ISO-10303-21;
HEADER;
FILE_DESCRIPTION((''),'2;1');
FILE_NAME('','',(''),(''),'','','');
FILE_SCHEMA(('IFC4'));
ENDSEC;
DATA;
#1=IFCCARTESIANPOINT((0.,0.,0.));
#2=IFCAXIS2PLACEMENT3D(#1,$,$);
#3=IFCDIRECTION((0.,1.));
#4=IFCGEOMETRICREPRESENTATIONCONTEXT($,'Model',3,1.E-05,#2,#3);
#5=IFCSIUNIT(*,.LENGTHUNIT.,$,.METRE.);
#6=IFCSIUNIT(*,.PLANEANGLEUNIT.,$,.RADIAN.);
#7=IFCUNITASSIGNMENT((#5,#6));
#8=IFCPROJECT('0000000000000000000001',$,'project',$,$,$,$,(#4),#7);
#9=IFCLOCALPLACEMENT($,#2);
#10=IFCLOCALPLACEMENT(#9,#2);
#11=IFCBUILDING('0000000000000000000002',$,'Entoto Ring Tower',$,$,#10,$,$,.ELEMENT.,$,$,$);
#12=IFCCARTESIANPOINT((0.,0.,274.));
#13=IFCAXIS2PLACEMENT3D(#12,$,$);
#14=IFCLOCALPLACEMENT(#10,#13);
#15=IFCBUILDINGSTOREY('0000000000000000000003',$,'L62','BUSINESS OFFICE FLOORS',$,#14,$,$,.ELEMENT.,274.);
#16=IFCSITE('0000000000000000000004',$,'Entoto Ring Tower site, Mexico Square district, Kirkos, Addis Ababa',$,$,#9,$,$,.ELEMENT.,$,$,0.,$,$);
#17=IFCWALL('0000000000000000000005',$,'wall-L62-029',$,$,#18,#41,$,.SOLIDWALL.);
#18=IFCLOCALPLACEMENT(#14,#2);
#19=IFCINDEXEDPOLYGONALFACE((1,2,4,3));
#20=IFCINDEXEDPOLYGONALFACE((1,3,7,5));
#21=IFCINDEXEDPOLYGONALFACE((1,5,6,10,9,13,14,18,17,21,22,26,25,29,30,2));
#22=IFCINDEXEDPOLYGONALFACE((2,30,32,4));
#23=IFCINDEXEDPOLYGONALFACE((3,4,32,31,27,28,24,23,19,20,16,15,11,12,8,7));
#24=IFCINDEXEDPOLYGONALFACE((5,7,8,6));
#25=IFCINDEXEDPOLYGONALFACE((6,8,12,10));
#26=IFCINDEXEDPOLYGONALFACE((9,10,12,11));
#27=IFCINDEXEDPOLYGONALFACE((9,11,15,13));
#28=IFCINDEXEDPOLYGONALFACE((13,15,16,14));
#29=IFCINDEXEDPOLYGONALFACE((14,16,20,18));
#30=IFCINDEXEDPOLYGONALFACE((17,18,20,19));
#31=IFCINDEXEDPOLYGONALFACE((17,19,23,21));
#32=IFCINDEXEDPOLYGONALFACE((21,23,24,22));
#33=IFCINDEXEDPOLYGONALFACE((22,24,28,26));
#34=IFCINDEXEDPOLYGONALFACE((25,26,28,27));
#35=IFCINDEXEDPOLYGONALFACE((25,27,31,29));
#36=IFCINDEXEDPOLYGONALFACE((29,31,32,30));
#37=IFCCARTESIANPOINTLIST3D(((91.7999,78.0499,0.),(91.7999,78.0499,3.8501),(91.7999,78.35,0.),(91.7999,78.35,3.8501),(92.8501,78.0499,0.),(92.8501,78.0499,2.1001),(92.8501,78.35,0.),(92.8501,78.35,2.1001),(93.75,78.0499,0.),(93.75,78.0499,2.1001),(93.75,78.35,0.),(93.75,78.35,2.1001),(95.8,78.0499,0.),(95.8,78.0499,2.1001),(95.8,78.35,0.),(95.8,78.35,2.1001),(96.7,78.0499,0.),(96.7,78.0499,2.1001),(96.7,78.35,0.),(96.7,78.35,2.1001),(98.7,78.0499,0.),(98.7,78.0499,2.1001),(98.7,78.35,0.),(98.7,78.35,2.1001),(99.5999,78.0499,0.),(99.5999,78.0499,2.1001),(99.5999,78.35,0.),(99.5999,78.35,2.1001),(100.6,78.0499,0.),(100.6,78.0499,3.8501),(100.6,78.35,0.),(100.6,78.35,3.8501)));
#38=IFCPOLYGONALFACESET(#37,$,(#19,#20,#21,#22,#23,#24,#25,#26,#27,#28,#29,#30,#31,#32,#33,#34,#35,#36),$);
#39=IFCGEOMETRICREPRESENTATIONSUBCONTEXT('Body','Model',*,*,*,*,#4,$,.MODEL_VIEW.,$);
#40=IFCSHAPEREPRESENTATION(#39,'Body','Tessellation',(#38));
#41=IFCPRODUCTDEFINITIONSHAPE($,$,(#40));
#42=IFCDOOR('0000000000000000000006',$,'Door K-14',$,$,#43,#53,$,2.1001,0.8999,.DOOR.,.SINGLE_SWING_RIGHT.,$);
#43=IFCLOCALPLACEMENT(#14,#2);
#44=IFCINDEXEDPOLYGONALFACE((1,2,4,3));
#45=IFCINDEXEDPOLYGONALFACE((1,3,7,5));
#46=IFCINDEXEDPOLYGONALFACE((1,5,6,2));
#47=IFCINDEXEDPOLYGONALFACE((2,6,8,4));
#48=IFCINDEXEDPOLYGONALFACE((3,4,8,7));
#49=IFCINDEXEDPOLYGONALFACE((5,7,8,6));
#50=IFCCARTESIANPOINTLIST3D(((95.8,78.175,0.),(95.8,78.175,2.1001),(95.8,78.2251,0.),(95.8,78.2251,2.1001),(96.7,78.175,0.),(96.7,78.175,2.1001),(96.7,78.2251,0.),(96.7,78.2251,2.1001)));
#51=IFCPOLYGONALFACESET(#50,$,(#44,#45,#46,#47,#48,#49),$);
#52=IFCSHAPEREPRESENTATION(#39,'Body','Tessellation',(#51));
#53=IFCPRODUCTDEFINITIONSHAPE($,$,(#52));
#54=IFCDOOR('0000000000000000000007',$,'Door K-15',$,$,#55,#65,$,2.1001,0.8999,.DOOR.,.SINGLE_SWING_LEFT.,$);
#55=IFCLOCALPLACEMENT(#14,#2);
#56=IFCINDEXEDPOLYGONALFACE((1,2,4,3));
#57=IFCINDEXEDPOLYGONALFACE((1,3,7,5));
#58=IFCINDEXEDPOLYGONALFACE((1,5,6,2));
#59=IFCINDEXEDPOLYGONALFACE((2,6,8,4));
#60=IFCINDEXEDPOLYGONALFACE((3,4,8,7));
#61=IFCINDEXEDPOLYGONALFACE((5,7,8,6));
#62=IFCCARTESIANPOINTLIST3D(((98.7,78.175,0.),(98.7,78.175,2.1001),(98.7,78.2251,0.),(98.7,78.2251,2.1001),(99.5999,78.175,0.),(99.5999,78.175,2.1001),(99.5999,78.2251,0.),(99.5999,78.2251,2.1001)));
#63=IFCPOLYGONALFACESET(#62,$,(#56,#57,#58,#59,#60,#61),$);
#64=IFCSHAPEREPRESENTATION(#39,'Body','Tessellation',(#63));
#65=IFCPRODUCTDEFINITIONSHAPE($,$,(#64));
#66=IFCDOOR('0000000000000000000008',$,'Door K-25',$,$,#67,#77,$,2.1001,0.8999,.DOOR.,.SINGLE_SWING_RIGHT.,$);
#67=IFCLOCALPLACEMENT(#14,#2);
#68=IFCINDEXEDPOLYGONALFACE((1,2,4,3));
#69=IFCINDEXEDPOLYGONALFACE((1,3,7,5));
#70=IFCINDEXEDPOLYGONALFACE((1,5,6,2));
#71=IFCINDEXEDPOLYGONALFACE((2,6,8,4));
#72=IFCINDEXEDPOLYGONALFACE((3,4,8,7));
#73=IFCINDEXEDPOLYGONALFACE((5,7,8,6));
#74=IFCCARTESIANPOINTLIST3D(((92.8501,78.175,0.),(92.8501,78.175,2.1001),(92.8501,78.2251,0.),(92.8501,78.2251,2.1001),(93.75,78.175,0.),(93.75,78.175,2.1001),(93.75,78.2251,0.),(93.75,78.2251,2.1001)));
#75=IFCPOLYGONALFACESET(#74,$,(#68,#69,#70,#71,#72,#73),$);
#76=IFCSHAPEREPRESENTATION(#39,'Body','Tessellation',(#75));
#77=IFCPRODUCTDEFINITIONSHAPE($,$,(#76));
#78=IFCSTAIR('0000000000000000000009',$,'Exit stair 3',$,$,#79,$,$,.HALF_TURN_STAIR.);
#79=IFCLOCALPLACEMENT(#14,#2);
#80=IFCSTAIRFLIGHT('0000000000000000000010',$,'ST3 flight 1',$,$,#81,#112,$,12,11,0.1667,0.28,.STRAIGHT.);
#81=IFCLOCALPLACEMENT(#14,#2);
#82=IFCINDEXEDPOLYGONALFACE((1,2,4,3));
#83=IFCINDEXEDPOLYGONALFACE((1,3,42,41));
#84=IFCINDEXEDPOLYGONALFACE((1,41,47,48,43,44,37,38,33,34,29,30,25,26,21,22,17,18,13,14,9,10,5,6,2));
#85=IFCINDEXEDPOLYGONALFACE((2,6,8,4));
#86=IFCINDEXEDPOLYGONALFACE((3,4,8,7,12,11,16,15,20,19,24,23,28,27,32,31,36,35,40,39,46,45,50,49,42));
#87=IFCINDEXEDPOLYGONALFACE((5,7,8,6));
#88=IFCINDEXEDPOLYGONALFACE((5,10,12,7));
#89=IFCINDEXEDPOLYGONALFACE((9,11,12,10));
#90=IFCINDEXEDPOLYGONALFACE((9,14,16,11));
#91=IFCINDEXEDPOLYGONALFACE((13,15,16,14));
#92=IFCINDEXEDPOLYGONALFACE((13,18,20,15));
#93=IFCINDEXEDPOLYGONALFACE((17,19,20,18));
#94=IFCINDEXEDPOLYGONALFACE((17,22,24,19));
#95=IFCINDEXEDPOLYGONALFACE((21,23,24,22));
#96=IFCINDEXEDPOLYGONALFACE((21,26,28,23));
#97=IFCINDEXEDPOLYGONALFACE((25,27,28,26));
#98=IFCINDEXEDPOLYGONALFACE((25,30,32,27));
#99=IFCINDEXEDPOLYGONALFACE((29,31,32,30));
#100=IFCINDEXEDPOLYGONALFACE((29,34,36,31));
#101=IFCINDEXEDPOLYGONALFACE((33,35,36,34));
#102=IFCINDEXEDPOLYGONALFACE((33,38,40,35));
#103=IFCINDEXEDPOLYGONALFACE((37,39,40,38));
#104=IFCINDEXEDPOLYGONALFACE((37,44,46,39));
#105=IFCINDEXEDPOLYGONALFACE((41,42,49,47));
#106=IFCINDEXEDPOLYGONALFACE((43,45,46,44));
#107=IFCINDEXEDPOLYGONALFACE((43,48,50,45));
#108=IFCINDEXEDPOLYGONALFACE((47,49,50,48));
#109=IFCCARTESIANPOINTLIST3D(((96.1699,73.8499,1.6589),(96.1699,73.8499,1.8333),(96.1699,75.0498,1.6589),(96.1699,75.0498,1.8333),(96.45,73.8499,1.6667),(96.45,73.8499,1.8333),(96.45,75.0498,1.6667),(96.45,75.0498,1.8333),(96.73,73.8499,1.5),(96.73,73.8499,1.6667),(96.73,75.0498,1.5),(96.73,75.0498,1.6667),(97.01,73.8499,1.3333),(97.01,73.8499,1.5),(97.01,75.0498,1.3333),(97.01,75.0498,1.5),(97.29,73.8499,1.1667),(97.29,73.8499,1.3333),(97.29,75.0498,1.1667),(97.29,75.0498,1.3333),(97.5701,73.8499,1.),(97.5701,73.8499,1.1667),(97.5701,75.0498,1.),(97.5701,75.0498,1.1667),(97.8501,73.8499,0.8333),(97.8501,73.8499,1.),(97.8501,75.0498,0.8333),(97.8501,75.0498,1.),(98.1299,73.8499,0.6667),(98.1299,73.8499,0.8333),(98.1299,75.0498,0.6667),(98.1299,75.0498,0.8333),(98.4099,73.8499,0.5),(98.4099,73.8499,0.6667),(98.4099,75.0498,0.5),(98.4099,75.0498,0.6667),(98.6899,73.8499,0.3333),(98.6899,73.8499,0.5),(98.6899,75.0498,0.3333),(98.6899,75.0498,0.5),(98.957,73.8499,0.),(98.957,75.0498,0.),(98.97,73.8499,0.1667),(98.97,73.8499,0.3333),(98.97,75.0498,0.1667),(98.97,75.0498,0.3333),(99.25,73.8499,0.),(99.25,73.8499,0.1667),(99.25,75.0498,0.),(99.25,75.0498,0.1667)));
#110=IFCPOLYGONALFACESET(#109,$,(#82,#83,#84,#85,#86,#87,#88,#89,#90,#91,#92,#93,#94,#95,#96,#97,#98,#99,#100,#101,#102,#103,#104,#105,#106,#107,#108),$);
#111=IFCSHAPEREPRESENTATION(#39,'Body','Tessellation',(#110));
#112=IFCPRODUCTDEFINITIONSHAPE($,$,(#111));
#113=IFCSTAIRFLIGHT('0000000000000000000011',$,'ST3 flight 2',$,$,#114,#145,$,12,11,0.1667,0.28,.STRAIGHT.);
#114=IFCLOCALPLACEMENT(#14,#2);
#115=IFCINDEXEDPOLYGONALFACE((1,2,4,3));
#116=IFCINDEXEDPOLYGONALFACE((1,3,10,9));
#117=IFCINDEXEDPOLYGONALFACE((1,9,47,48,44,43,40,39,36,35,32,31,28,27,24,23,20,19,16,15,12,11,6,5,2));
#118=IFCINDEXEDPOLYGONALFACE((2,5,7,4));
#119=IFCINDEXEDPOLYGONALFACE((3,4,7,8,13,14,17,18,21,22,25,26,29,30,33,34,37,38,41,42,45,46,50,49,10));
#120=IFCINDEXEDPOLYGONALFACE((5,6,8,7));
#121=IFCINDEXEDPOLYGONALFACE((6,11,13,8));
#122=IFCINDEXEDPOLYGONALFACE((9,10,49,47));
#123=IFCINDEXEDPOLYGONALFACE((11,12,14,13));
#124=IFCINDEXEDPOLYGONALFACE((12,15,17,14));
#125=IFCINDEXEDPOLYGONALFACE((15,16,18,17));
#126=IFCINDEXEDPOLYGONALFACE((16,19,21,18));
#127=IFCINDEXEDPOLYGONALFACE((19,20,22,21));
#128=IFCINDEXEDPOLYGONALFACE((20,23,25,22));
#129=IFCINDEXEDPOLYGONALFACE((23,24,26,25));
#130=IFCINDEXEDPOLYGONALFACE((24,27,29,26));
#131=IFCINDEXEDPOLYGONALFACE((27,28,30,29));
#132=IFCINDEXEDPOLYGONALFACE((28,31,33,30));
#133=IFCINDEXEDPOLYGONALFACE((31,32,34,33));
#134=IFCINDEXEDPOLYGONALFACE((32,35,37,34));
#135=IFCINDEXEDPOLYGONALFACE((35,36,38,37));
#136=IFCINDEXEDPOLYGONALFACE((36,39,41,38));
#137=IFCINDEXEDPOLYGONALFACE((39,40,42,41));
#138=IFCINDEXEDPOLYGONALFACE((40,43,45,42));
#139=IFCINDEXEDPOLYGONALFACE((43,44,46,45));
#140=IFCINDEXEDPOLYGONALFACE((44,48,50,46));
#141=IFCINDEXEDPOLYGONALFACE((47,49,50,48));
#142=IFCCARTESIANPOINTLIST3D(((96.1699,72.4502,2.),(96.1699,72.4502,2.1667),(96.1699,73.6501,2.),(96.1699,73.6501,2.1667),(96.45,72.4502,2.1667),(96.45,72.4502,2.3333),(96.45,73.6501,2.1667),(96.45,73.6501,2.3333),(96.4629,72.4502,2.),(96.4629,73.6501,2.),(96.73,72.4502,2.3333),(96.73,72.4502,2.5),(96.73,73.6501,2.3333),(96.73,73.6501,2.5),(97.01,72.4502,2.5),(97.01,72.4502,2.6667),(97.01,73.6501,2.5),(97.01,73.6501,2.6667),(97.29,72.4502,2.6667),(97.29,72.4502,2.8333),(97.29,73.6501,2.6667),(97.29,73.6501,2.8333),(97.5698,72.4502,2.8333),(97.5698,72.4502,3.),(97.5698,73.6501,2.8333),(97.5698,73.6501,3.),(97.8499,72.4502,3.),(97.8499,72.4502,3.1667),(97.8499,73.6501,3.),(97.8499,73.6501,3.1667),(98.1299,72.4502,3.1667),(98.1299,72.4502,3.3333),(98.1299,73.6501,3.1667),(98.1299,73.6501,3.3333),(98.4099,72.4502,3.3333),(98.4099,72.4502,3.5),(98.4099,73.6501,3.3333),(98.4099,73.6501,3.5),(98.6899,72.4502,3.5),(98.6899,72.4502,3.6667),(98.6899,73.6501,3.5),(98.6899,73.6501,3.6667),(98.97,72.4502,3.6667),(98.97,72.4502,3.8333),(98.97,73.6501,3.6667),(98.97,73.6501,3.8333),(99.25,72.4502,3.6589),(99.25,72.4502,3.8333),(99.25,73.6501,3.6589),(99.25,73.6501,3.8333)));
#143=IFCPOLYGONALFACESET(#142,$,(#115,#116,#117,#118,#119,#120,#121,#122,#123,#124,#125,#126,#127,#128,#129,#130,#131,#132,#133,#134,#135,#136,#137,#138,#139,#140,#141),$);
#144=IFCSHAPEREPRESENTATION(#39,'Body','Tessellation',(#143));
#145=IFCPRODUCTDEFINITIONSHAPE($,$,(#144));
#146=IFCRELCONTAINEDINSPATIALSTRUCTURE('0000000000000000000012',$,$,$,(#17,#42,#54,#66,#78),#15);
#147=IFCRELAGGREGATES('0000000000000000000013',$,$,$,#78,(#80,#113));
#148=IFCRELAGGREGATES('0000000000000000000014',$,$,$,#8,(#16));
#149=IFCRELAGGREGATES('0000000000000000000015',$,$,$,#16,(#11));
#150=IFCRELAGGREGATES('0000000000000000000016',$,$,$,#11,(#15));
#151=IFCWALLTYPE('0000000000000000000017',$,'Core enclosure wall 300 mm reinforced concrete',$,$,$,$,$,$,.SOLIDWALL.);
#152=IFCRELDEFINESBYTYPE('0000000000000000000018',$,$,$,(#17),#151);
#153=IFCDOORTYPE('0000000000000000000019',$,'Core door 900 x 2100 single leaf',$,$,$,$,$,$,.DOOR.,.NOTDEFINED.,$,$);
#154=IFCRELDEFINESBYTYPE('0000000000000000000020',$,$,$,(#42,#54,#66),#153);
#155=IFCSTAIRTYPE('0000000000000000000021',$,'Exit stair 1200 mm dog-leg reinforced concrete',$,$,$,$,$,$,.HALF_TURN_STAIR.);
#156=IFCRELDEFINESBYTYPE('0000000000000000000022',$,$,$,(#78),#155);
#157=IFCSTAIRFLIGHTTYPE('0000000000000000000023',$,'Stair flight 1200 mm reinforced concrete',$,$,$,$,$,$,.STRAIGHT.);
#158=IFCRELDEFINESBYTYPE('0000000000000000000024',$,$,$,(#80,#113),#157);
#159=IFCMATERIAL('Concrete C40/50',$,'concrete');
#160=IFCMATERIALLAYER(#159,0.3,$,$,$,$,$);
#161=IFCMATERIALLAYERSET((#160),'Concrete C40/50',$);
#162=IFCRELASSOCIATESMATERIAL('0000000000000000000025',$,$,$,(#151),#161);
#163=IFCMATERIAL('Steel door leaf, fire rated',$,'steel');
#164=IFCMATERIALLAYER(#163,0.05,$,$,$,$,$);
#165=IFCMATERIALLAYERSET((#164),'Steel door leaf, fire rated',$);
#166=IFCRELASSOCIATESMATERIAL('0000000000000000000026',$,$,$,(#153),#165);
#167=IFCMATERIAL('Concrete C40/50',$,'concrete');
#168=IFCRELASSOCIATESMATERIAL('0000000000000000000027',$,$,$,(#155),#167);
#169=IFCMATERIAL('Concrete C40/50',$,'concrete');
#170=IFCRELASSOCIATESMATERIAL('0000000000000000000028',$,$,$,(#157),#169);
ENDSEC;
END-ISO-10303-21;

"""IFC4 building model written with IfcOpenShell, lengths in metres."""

from ifc_helpers import new_model, si_unit, direction, frame, frame_2d, origin, place, context, subcontext, project, spatial, polyline, rectangle, outline, extrude, material, layer, layer_set, type_object, element, fill, aggregate, save


model = new_model("IFC4")

# Units and contexts
model_context = context("Model", 3, precision=1e-05, world=origin(), true_north=direction((0.0, 1.0)))
body_context = subcontext(model_context, "Body", "Model", "MODEL_VIEW")
ifc_project = project(units=[si_unit("LENGTHUNIT", "METRE"), si_unit("PLANEANGLEUNIT", "RADIAN")], contexts=[model_context])

# Site, building, storey
site_placement = place(None, origin())
site = spatial("IfcSite", under=ifc_project, at=site_placement, Name="Entoto Ring Tower site, Mexico Square district, Kirkos, Addis Ababa", CompositionType="ELEMENT", RefElevation=0.0)
building_placement = place(site_placement, origin())
building = spatial("IfcBuilding", under=site, at=building_placement, Name="Entoto Ring Tower", CompositionType="ELEMENT")
storey_placement = place(building_placement, frame((0.0, 0.0, 274.0)))
storey = spatial("IfcBuildingStorey", under=building, at=storey_placement, Name="L62", Description="BUSINESS OFFICE FLOORS", CompositionType="ELEMENT", Elevation=274.0)

# Shared definitions
ifc_material_1 = material(Name="Concrete C40/50", Category="concrete")
ifc_layer_1 = layer(ifc_material_1, 0.3)
ifc_layer_set_1 = layer_set([ifc_layer_1], Name="Concrete C40/50")
wall_type = type_object("IfcWallType", Name="Core enclosure wall 300 mm reinforced concrete", PredefinedType="SOLIDWALL", material=ifc_layer_set_1)

# Shared definitions
ifc_material_2 = material(Name="Steel door leaf, fire rated", Category="steel")
ifc_layer_2 = layer(ifc_material_2, 0.05)
ifc_layer_set_2 = layer_set([ifc_layer_2], Name="Steel door leaf, fire rated")
door_type_1 = type_object("IfcDoorType", Name="Core door 900 x 2100 single leaf", OperationType="NOTDEFINED", PredefinedType="DOOR", material=ifc_layer_set_2)

# Wall, openings, doors
wall_1_placement = place(storey_placement, frame((91.8, 78.2, 0.0), z_axis=(0.0, 0.0, 1.0), x_axis=(1.0, 0.0, 0.0)))
wall_1 = element("IfcWall", 1, at=wall_1_placement, inside=storey, type_object=wall_type, Name="wall-L62-029", PredefinedType="SOLIDWALL", context=body_context, shape_type="SweptSolid", body=[
    extrude(rectangle(XDim=8.8, YDim=0.3, at=frame_2d((4.3999, 0.0))), origin(), (0.0, 0.0, 1.0), 3.8501),
])
opening_1_placement = place(wall_1_placement, frame((4.0, 0.0, 0.0)))
opening_1 = element("IfcOpeningElement", 2, at=opening_1_placement, cuts=wall_1, PredefinedType="OPENING", context=body_context, shape_type="SweptSolid", body=[
    extrude(rectangle(XDim=0.8999, YDim=2.1001, at=frame_2d((0.45, 1.05))), frame((0.0, 0.1602, 0.0), z_axis=(0.0, -1.0, 0.0), x_axis=(1.0, 0.0, 0.0)), (0.0, 0.0, 1.0), 0.3201),
])
opening_2_placement = place(wall_1_placement, frame((6.8999, 0.0, 0.0)))
opening_2 = element("IfcOpeningElement", 3, at=opening_2_placement, cuts=wall_1, PredefinedType="OPENING", context=body_context, shape_type="SweptSolid", body=[
    extrude(rectangle(XDim=0.8999, YDim=2.1001, at=frame_2d((0.45, 1.05))), frame((0.0, 0.1602, 0.0), z_axis=(0.0, -1.0, 0.0), x_axis=(1.0, 0.0, 0.0)), (0.0, 0.0, 1.0), 0.3201),
])
opening_3_placement = place(wall_1_placement, frame((1.05, 0.0, 0.0)))
opening_3 = element("IfcOpeningElement", 4, at=opening_3_placement, cuts=wall_1, PredefinedType="OPENING", context=body_context, shape_type="SweptSolid", body=[
    extrude(rectangle(XDim=0.8999, YDim=2.1001, at=frame_2d((0.45, 1.05))), frame((0.0, 0.1602, 0.0), z_axis=(0.0, -1.0, 0.0), x_axis=(1.0, 0.0, 0.0)), (0.0, 0.0, 1.0), 0.3201),
])
door_1_placement = place(opening_1_placement, frame((0.8999, 0.0, 0.0), z_axis=(0.0, 0.0, 1.0), x_axis=(-1.0, 0.0, 0.0)))
door_1 = element("IfcDoor", 5, at=door_1_placement, inside=storey, type_object=door_type_1, Name="Door K-14", OperationType="SINGLE_SWING_RIGHT", OverallHeight=2.1001, OverallWidth=0.8999, PredefinedType="DOOR", context=body_context, shape_type="SweptSolid", body=[
    extrude(rectangle(XDim=0.8999, YDim=2.1001, at=frame_2d((0.45, 1.05))), frame((0.0, 0.0249, 0.0), z_axis=(0.0, -1.0, 0.0), x_axis=(1.0, 0.0, 0.0)), (0.0, 0.0, 1.0), 0.05),
])
fill(opening_1, door_1)
door_2_placement = place(opening_2_placement, frame((0.8999, 0.0, 0.0), z_axis=(0.0, 0.0, 1.0), x_axis=(-1.0, 0.0, 0.0)))
door_2 = element("IfcDoor", 6, at=door_2_placement, inside=storey, type_object=door_type_1, Name="Door K-15", OperationType="SINGLE_SWING_LEFT", OverallHeight=2.1001, OverallWidth=0.8999, PredefinedType="DOOR", context=body_context, shape_type="SweptSolid", body=[
    extrude(rectangle(XDim=0.8999, YDim=2.1001, at=frame_2d((0.45, 1.05))), frame((0.0, 0.0249, 0.0), z_axis=(0.0, -1.0, 0.0), x_axis=(1.0, 0.0, 0.0)), (0.0, 0.0, 1.0), 0.05),
])
fill(opening_2, door_2)
door_3_placement = place(opening_3_placement, frame((0.8999, 0.0, 0.0), z_axis=(0.0, 0.0, 1.0), x_axis=(-1.0, 0.0, 0.0)))
door_3 = element("IfcDoor", 7, at=door_3_placement, inside=storey, type_object=door_type_1, Name="Door K-25", OperationType="SINGLE_SWING_RIGHT", OverallHeight=2.1001, OverallWidth=0.8999, PredefinedType="DOOR", context=body_context, shape_type="SweptSolid", body=[
    extrude(rectangle(XDim=0.8999, YDim=2.1001, at=frame_2d((0.45, 1.05))), frame((0.0, 0.0249, 0.0), z_axis=(0.0, -1.0, 0.0), x_axis=(1.0, 0.0, 0.0)), (0.0, 0.0, 1.0), 0.05),
])
fill(opening_3, door_3)

# Stair, stair flights
ifc_material_3 = material(Name="Concrete C40/50", Category="concrete")
stair_type = type_object("IfcStairType", Name="Exit stair 1200 mm dog-leg reinforced concrete", PredefinedType="HALF_TURN_STAIR", material=ifc_material_3)
stair_placement = place(storey_placement, origin())
stair = element("IfcStair", 8, at=stair_placement, inside=storey, type_object=stair_type, Name="Exit stair 3", PredefinedType="HALF_TURN_STAIR")
ifc_material_4 = material(Name="Concrete C40/50", Category="concrete")
stair_flight_type = type_object("IfcStairFlightType", Name="Stair flight 1200 mm reinforced concrete", PredefinedType="STRAIGHT", material=ifc_material_4)
stair_flight_1_placement = place(storey_placement, frame((99.25, 74.45, 0.0), z_axis=(0.0, 0.0, 1.0), x_axis=(-1.0, 0.0, 0.0)))
stair_flight_1 = element("IfcStairFlight", 9, at=stair_flight_1_placement, type_object=stair_flight_type, Name="ST3 flight 1", NumberOfRisers=12, NumberOfTreads=11, PredefinedType="STRAIGHT", RiserHeight=0.1667, TreadLength=0.28, context=body_context, shape_type="SweptSolid", body=[
    extrude(outline(polyline([(0.0, 0.0), (0.0, 0.1667), (0.28, 0.1667), (0.28, 0.3333), (0.5601, 0.3333), (0.5601, 0.5), (0.8401, 0.5), (0.8401, 0.6667), (1.1201, 0.6667), (1.1201, 0.8333), (1.3999, 0.8333), (1.3999, 1.0), (1.6799, 1.0), (1.6799, 1.1667), (1.96, 1.1667), (1.96, 1.3333), (2.24, 1.3333), (2.24, 1.5), (2.52, 1.5), (2.52, 1.6667), (2.8, 1.6667), (2.8, 1.8333), (3.0801, 1.8333), (3.0801, 2.0), (3.0801, 1.6589), (0.293, 0.0), (0.0, 0.0)])), frame((0.0, 0.6001, 0.0), z_axis=(0.0, -1.0, 0.0), x_axis=(1.0, 0.0, 0.0)), (0.0, 0.0, 1.0), 1.2),
])
stair_flight_2_placement = place(storey_placement, frame((96.1699, 73.05, 2.0), z_axis=(0.0, 0.0, 1.0), x_axis=(1.0, 0.0, 0.0)))
stair_flight_2 = element("IfcStairFlight", 10, at=stair_flight_2_placement, type_object=stair_flight_type, Name="ST3 flight 2", NumberOfRisers=12, NumberOfTreads=11, PredefinedType="STRAIGHT", RiserHeight=0.1667, TreadLength=0.28, context=body_context, shape_type="SweptSolid", body=[
    extrude(outline(polyline([(0.0, 0.0), (0.0, 0.1667), (0.28, 0.1667), (0.28, 0.3333), (0.5601, 0.3333), (0.5601, 0.5), (0.8401, 0.5), (0.8401, 0.6667), (1.1201, 0.6667), (1.1201, 0.8333), (1.3999, 0.8333), (1.3999, 1.0), (1.6799, 1.0), (1.6799, 1.1667), (1.96, 1.1667), (1.96, 1.3333), (2.24, 1.3333), (2.24, 1.5), (2.52, 1.5), (2.52, 1.6667), (2.8, 1.6667), (2.8, 1.8333), (3.0801, 1.8333), (3.0801, 2.0), (3.0801, 1.6589), (0.293, 0.0), (0.0, 0.0)])), frame((0.0, 0.6001, 0.0), z_axis=(0.0, -1.0, 0.0), x_axis=(1.0, 0.0, 0.0)), (0.0, 0.0, 1.0), 1.2),
])
aggregate(stair, [stair_flight_1, stair_flight_2])

save(model, "model.ifc")
